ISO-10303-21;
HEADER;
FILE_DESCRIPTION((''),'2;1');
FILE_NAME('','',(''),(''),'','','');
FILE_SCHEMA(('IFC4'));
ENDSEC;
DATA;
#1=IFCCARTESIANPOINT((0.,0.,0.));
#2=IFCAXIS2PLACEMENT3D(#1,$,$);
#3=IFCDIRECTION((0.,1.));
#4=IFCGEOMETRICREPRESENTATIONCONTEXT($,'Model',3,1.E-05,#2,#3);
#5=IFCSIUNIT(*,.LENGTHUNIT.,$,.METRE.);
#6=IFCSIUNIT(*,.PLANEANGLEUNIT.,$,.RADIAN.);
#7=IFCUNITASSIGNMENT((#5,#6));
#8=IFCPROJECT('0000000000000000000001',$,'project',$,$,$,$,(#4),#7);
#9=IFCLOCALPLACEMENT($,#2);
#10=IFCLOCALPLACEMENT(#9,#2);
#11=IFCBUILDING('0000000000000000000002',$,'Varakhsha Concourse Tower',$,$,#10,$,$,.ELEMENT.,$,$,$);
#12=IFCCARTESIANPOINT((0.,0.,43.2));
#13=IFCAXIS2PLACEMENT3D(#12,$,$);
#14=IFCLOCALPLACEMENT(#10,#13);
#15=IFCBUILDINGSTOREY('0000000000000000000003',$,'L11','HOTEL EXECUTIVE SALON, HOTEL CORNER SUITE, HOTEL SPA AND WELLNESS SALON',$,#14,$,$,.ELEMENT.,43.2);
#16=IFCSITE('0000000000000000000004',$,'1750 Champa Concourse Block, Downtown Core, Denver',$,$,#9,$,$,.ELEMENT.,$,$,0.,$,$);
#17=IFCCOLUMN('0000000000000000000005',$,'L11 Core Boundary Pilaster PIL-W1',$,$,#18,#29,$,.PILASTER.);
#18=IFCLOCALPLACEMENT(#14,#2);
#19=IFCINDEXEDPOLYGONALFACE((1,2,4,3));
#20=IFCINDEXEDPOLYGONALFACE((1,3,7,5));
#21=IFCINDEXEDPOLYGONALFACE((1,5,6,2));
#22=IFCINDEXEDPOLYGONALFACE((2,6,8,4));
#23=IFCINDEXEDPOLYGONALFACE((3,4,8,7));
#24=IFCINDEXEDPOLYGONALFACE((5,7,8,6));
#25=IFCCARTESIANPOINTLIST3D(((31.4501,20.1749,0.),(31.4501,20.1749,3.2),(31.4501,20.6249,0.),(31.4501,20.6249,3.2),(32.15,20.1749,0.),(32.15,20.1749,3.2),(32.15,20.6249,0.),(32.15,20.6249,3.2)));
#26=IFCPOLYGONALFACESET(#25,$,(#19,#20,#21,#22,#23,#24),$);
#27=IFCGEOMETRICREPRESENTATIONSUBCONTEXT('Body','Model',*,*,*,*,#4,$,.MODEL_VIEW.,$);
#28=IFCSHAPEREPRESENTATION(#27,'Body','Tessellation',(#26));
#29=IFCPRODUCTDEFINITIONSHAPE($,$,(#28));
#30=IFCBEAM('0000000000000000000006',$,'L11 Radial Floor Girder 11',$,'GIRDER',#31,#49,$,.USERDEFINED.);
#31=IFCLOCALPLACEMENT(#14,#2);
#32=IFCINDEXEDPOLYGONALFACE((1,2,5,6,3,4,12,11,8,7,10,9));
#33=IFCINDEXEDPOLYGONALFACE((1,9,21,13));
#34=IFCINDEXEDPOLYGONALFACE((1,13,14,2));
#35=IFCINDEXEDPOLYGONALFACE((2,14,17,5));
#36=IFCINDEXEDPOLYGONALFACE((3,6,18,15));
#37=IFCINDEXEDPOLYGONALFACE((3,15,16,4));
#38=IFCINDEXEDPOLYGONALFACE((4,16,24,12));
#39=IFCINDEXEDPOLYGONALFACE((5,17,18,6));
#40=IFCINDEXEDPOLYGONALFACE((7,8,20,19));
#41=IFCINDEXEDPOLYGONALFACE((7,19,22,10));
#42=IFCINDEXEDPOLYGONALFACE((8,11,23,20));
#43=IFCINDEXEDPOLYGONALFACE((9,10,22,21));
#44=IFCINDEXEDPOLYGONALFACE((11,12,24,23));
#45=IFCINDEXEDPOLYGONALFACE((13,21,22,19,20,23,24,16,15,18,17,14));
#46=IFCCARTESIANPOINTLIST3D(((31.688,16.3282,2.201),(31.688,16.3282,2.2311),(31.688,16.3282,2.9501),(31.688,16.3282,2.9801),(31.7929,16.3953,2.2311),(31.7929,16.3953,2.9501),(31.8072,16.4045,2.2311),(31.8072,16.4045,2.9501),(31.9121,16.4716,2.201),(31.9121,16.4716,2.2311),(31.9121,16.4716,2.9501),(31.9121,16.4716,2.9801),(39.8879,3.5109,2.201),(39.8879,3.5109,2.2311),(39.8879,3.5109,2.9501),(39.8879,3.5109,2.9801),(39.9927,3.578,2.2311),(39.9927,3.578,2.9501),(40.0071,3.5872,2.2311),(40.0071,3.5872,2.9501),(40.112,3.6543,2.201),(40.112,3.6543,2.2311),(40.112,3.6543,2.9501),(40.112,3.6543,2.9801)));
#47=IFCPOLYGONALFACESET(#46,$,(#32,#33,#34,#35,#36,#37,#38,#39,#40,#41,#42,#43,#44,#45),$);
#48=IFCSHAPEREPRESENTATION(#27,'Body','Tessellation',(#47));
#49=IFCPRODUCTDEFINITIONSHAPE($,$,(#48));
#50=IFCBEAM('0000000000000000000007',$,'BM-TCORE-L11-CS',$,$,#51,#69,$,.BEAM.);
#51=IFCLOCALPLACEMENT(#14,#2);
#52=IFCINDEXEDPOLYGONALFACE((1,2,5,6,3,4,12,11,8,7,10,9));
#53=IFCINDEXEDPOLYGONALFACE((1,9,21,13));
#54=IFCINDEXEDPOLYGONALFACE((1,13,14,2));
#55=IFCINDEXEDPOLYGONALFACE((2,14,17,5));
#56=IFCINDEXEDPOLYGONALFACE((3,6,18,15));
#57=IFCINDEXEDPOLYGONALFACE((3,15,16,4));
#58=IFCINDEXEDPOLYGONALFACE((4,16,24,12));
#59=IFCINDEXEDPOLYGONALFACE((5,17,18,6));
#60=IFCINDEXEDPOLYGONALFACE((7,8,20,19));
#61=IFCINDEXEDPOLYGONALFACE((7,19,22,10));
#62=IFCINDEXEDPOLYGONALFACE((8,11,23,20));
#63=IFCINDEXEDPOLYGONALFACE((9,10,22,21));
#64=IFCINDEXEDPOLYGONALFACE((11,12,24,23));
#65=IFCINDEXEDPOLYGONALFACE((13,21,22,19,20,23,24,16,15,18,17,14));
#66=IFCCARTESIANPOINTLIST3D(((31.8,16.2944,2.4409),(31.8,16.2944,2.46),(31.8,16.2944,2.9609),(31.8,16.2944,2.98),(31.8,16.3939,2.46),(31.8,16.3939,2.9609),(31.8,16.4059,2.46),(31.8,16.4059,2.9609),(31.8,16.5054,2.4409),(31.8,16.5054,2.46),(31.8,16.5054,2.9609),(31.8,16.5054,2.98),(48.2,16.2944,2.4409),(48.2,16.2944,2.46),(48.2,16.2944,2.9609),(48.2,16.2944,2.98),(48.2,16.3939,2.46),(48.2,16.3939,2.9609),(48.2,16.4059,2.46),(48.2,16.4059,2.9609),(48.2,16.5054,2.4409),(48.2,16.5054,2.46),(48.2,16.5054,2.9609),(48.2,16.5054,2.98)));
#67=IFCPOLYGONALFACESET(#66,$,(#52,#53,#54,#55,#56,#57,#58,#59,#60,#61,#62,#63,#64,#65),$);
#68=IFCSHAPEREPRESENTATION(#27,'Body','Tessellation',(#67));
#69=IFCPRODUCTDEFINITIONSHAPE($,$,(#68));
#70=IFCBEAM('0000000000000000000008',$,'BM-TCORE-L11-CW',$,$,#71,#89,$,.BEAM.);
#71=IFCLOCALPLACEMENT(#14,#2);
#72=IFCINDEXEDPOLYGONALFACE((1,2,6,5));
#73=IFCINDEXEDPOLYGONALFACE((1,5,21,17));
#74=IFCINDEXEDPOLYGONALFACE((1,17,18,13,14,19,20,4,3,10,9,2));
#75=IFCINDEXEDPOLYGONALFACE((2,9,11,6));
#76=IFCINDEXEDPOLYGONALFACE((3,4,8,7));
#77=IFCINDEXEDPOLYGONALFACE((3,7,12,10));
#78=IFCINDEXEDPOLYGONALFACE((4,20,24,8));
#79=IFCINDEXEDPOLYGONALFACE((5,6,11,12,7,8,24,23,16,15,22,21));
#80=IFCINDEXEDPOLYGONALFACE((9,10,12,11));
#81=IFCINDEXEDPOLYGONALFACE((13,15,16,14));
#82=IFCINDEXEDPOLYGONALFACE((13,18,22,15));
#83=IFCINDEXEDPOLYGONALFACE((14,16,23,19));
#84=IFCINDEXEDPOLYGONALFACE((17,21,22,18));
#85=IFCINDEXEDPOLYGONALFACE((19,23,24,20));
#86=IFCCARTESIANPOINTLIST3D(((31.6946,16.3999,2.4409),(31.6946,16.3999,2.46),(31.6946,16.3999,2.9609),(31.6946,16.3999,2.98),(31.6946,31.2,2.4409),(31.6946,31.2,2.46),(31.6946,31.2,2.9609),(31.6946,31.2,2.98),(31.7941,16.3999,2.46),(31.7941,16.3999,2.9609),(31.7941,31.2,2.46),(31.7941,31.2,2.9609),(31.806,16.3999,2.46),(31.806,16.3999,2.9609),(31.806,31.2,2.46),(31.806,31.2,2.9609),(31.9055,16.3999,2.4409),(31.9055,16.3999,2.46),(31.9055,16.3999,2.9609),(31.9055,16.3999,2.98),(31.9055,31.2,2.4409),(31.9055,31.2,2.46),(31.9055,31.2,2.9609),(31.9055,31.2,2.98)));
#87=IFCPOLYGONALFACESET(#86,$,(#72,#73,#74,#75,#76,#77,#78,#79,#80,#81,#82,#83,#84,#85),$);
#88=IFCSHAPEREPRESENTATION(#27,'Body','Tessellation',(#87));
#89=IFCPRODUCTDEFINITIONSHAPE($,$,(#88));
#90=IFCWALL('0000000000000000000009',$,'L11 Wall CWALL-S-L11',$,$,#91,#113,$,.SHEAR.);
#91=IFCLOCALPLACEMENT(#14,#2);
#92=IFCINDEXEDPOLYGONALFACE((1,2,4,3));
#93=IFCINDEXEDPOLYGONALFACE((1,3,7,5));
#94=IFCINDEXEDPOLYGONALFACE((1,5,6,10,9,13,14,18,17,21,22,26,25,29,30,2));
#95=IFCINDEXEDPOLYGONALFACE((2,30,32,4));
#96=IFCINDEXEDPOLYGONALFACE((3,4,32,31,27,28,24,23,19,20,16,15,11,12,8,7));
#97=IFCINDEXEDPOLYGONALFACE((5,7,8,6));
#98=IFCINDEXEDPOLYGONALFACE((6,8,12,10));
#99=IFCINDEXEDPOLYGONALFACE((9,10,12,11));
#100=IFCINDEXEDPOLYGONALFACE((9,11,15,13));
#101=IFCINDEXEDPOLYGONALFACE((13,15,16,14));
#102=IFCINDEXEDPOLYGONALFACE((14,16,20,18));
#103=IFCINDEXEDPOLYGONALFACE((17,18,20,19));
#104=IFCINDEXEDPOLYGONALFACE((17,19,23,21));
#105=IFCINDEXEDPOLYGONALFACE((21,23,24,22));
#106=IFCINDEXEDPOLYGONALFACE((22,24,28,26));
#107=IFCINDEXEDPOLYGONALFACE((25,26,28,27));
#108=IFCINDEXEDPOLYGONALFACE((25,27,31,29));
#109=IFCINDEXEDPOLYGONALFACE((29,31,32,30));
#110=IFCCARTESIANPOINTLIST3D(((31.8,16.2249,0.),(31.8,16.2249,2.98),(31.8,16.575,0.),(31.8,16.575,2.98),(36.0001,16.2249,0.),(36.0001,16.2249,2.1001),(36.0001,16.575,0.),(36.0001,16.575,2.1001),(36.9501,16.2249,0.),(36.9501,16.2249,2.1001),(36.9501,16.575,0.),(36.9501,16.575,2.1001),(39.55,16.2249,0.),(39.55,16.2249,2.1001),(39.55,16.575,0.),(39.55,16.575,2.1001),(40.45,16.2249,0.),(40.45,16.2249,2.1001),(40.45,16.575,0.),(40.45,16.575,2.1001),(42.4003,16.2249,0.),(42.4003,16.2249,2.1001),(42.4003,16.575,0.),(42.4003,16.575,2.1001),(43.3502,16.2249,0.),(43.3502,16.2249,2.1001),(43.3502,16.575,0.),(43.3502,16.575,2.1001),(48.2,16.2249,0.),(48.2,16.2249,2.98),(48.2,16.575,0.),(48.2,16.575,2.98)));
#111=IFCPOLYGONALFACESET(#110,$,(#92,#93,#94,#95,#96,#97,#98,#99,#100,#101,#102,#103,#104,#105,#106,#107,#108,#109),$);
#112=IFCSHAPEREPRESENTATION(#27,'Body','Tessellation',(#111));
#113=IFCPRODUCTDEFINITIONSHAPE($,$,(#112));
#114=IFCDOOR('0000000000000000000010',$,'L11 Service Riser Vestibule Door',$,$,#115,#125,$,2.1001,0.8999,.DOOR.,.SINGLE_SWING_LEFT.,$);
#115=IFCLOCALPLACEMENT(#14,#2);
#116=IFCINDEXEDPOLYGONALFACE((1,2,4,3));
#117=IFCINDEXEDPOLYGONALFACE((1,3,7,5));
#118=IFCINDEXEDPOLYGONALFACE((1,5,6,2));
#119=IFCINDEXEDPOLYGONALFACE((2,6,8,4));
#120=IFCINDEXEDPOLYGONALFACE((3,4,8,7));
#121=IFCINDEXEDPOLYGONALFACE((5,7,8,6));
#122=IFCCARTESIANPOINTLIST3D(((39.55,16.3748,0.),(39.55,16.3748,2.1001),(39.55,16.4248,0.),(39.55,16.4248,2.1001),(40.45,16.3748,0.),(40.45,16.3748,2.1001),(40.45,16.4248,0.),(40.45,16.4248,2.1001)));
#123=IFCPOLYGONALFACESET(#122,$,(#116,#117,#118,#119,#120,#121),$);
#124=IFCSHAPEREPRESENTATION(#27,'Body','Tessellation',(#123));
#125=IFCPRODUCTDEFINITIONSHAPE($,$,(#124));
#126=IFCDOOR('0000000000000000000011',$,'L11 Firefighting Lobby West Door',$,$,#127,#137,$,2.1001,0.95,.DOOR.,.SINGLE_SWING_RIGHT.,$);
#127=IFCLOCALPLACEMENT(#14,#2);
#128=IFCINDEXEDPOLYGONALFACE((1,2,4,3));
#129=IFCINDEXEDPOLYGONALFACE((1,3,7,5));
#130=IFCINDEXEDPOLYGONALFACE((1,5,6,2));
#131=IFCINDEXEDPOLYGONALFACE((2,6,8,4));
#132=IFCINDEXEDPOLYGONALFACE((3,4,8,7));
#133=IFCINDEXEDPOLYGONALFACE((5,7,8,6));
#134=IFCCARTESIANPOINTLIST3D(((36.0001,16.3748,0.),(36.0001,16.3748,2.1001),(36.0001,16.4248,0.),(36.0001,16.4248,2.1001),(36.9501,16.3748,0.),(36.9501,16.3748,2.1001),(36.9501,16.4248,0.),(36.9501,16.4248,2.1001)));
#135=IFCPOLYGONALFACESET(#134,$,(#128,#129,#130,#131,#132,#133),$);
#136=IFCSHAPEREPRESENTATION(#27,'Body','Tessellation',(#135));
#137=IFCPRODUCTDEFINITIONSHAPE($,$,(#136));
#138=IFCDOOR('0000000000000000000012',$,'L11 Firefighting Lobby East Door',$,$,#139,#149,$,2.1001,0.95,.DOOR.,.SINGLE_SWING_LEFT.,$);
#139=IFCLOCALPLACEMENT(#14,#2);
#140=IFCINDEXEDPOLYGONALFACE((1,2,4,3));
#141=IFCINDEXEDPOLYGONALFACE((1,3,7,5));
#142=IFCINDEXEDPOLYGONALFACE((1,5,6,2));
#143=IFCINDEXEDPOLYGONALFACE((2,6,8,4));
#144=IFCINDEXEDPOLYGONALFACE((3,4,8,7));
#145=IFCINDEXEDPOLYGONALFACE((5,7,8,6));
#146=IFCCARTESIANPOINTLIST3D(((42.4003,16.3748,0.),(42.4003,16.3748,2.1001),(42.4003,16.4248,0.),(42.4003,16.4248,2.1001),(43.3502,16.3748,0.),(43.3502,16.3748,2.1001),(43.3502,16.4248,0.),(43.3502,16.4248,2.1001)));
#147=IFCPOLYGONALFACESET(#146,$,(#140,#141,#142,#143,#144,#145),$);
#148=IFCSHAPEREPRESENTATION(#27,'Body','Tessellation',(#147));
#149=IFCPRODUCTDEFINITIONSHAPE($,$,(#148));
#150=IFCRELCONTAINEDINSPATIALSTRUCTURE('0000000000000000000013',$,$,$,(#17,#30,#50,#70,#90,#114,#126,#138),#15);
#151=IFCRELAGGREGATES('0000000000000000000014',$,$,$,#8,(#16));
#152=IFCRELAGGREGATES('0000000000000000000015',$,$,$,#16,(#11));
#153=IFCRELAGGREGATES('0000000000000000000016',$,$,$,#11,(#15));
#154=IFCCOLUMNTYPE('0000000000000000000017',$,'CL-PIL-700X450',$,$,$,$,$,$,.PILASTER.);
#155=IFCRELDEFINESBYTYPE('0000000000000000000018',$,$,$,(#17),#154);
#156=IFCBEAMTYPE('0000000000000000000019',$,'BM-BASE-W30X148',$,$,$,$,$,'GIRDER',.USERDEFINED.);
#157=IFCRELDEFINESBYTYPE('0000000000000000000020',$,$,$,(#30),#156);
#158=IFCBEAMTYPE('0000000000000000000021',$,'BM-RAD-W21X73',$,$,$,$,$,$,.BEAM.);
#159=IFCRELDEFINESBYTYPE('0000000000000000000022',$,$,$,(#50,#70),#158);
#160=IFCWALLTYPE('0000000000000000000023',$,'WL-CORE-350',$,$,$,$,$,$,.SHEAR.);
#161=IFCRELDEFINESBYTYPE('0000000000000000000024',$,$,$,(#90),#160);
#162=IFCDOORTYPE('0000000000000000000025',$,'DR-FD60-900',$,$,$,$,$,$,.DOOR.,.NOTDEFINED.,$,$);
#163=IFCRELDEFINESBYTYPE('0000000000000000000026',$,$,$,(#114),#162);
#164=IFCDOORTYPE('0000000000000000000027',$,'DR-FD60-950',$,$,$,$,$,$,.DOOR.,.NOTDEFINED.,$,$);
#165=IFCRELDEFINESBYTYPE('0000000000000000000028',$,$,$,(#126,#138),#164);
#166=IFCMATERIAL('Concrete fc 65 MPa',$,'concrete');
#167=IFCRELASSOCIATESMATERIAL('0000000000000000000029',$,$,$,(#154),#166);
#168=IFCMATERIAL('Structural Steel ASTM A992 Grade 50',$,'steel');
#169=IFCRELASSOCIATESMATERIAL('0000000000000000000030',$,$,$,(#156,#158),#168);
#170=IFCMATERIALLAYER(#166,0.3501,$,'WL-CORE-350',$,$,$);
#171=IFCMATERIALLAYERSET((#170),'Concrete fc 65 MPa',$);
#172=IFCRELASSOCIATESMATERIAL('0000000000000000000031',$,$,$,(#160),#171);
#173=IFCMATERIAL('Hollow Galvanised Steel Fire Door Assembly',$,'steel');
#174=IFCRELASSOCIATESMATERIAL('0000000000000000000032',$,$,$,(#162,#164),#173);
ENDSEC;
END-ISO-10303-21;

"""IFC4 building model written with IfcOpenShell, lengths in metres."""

from ifc_helpers import new_model, si_unit, direction, frame, frame_2d, origin, origin_2d, place, context, subcontext, project, spatial, rectangle, i_section, extrude, material, layer, layer_set, material_profile, profile_set, type_object, element, fill, save


model = new_model("IFC4")

# Units and contexts
model_context = context("Model", 3, precision=1e-05, world=origin(), true_north=direction((0.0, 1.0)))
body_context = subcontext(model_context, "Body", "Model", "MODEL_VIEW")
ifc_project = project(units=[si_unit("LENGTHUNIT", "METRE"), si_unit("PLANEANGLEUNIT", "RADIAN")], contexts=[model_context])

# Site, building, storey
site_placement = place(None, origin())
site = spatial("IfcSite", under=ifc_project, at=site_placement, Name="1750 Champa Concourse Block, Downtown Core, Denver", CompositionType="ELEMENT", RefElevation=0.0)
building_placement = place(site_placement, origin())
building = spatial("IfcBuilding", under=site, at=building_placement, Name="Varakhsha Concourse Tower", CompositionType="ELEMENT")
storey_placement = place(building_placement, frame((0.0, 0.0, 43.2)))
storey = spatial("IfcBuildingStorey", under=building, at=storey_placement, Name="L11", Description="HOTEL EXECUTIVE SALON, HOTEL CORNER SUITE, HOTEL SPA AND WELLNESS SALON", CompositionType="ELEMENT", Elevation=43.2)

# Column
ifc_material_1 = material(Name="Concrete fc 65 MPa", Category="concrete")
ifc_material_profile_1 = material_profile(ifc_material_1, rectangle(XDim=0.7, YDim=0.45, at=origin_2d()), Name="RC 700x450")
ifc_profile_set_1 = profile_set([ifc_material_profile_1], Name="Concrete fc 65 MPa")
column_type = type_object("IfcColumnType", Name="CL-PIL-700X450", PredefinedType="PILASTER", material=ifc_profile_set_1)
column_placement = place(storey_placement, frame((31.8, 20.3999, 0.0), z_axis=(0.0, 0.0, 1.0), x_axis=(1.0, 0.0, 0.0)))
element("IfcColumn", 1, at=column_placement, inside=storey, type_object=column_type, Name="L11 Core Boundary Pilaster PIL-W1", PredefinedType="PILASTER", context=body_context, shape_type="SweptSolid", body=[
    extrude(rectangle(XDim=0.7, YDim=0.45, at=origin_2d()), origin(), (0.0, 0.0, 1.0), 3.2),
])

# Beams
ifc_material_2 = material(Name="Structural Steel ASTM A992 Grade 50", Category="steel")
ifc_material_profile_2 = material_profile(ifc_material_2, i_section(OverallWidth=0.2661, OverallDepth=0.7791, WebThickness=0.0171, FlangeThickness=0.03, at=origin_2d()), Name="W30X148")
ifc_profile_set_2 = profile_set([ifc_material_profile_2], Name="Structural Steel ASTM A992 Grade 50")
beam_type_1 = type_object("IfcBeamType", Name="BM-BASE-W30X148", ElementType="GIRDER", PredefinedType="USERDEFINED", material=ifc_profile_set_2)
beam_1_placement = place(storey_placement, frame((31.8, 16.3999, 2.5906), z_axis=(0.538906, -0.842366, 0.0), x_axis=(0.842366, 0.538906, 0.0)))
element("IfcBeam", 2, at=beam_1_placement, inside=storey, type_object=beam_type_1, Name="L11 Radial Floor Girder 11", ObjectType="GIRDER", PredefinedType="USERDEFINED", context=body_context, shape_type="SweptSolid", body=[
    extrude(i_section(OverallWidth=0.2661, OverallDepth=0.7791, WebThickness=0.0171, FlangeThickness=0.03, at=origin_2d()), origin(), (0.0, 0.0, 1.0), 15.2158),
])
ifc_material_profile_3 = material_profile(ifc_material_2, i_section(OverallWidth=0.2109, OverallDepth=0.5391, WebThickness=0.012, FlangeThickness=0.019, at=origin_2d()), Name="W21X73")
ifc_profile_set_3 = profile_set([ifc_material_profile_3], Name="Structural Steel ASTM A992 Grade 50")
beam_type_2 = type_object("IfcBeamType", Name="BM-RAD-W21X73", PredefinedType="BEAM", material=ifc_profile_set_3)
beam_2_placement = place(storey_placement, frame((31.8, 16.3999, 2.7104), z_axis=(1.0, 0.0, 0.0), x_axis=(0.0, 1.0, 0.0)))
element("IfcBeam", 3, at=beam_2_placement, inside=storey, type_object=beam_type_2, Name="BM-TCORE-L11-CS", PredefinedType="BEAM", context=body_context, shape_type="SweptSolid", body=[
    extrude(i_section(OverallWidth=0.2109, OverallDepth=0.5391, WebThickness=0.012, FlangeThickness=0.019, at=origin_2d()), origin(), (0.0, 0.0, 1.0), 16.3999),
])
beam_3_placement = place(storey_placement, frame((31.8, 16.3999, 2.7104), z_axis=(0.0, 1.0, 0.0), x_axis=(-1.0, 0.0, 0.0)))
element("IfcBeam", 4, at=beam_3_placement, inside=storey, type_object=beam_type_2, Name="BM-TCORE-L11-CW", PredefinedType="BEAM", context=body_context, shape_type="SweptSolid", body=[
    extrude(i_section(OverallWidth=0.2109, OverallDepth=0.5391, WebThickness=0.012, FlangeThickness=0.019, at=origin_2d()), origin(), (0.0, 0.0, 1.0), 14.8),
])

# Wall, openings, doors
ifc_layer_1 = layer(ifc_material_1, 0.3501, Name="WL-CORE-350")
ifc_layer_set_1 = layer_set([ifc_layer_1], Name="Concrete fc 65 MPa")
wall_type_1 = type_object("IfcWallType", Name="WL-CORE-350", PredefinedType="SHEAR", material=ifc_layer_set_1)
wall_1_placement = place(storey_placement, frame((31.8, 16.3999, 0.0), z_axis=(0.0, 0.0, 1.0), x_axis=(1.0, 0.0, 0.0)))
wall_1 = element("IfcWall", 5, at=wall_1_placement, inside=storey, type_object=wall_type_1, Name="L11 Wall CWALL-S-L11", PredefinedType="SHEAR", context=body_context, shape_type="SweptSolid", body=[
    extrude(rectangle(XDim=16.3999, YDim=0.3501, at=frame_2d((8.2, 0.0))), origin(), (0.0, 0.0, 1.0), 2.98),
])
opening_1_placement = place(wall_1_placement, frame((7.75, 0.0, 0.0)))
opening_1 = element("IfcOpeningElement", 6, at=opening_1_placement, cuts=wall_1, PredefinedType="OPENING", context=body_context, shape_type="SweptSolid", body=[
    extrude(rectangle(XDim=0.8999, YDim=2.1001, at=frame_2d((0.45, 1.05))), frame((0.0, 0.1851, 0.0), z_axis=(0.0, -1.0, 0.0), x_axis=(1.0, 0.0, 0.0)), (0.0, 0.0, 1.0), 0.3701),
])
opening_2_placement = place(wall_1_placement, frame((4.2, 0.0, 0.0)))
opening_2 = element("IfcOpeningElement", 7, at=opening_2_placement, cuts=wall_1, PredefinedType="OPENING", context=body_context, shape_type="SweptSolid", body=[
    extrude(rectangle(XDim=0.95, YDim=2.1001, at=frame_2d((0.4751, 1.05))), frame((0.0, 0.1851, 0.0), z_axis=(0.0, -1.0, 0.0), x_axis=(1.0, 0.0, 0.0)), (0.0, 0.0, 1.0), 0.3701),
])
opening_3_placement = place(wall_1_placement, frame((10.6001, 0.0, 0.0)))
opening_3 = element("IfcOpeningElement", 8, at=opening_3_placement, cuts=wall_1, PredefinedType="OPENING", context=body_context, shape_type="SweptSolid", body=[
    extrude(rectangle(XDim=0.95, YDim=2.1001, at=frame_2d((0.4751, 1.05))), frame((0.0, 0.1851, 0.0), z_axis=(0.0, -1.0, 0.0), x_axis=(1.0, 0.0, 0.0)), (0.0, 0.0, 1.0), 0.3701),
])
ifc_material_3 = material(Name="Hollow Galvanised Steel Fire Door Assembly", Category="steel")
door_type_1 = type_object("IfcDoorType", Name="DR-FD60-900", OperationType="NOTDEFINED", PredefinedType="DOOR", material=ifc_material_3)
door_1_placement = place(opening_1_placement, origin())
door_1 = element("IfcDoor", 9, at=door_1_placement, inside=storey, type_object=door_type_1, Name="L11 Service Riser Vestibule Door", OperationType="SINGLE_SWING_LEFT", OverallHeight=2.1001, OverallWidth=0.8999, PredefinedType="DOOR", context=body_context, shape_type="SweptSolid", body=[
    extrude(rectangle(XDim=0.8999, YDim=2.1001, at=frame_2d((0.45, 1.05))), frame((0.0, 0.0249, 0.0), z_axis=(0.0, -1.0, 0.0), x_axis=(1.0, 0.0, 0.0)), (0.0, 0.0, 1.0), 0.05),
])
fill(opening_1, door_1)
door_type_2 = type_object("IfcDoorType", Name="DR-FD60-950", OperationType="NOTDEFINED", PredefinedType="DOOR", material=ifc_material_3)
door_2_placement = place(opening_2_placement, origin())
door_2 = element("IfcDoor", 10, at=door_2_placement, inside=storey, type_object=door_type_2, Name="L11 Firefighting Lobby West Door", OperationType="SINGLE_SWING_RIGHT", OverallHeight=2.1001, OverallWidth=0.95, PredefinedType="DOOR", context=body_context, shape_type="SweptSolid", body=[
    extrude(rectangle(XDim=0.95, YDim=2.1001, at=frame_2d((0.4751, 1.05))), frame((0.0, 0.0249, 0.0), z_axis=(0.0, -1.0, 0.0), x_axis=(1.0, 0.0, 0.0)), (0.0, 0.0, 1.0), 0.05),
])
fill(opening_2, door_2)
door_3_placement = place(opening_3_placement, origin())
door_3 = element("IfcDoor", 11, at=door_3_placement, inside=storey, type_object=door_type_2, Name="L11 Firefighting Lobby East Door", OperationType="SINGLE_SWING_LEFT", OverallHeight=2.1001, OverallWidth=0.95, PredefinedType="DOOR", context=body_context, shape_type="SweptSolid", body=[
    extrude(rectangle(XDim=0.95, YDim=2.1001, at=frame_2d((0.4751, 1.05))), frame((0.0, 0.0249, 0.0), z_axis=(0.0, -1.0, 0.0), x_axis=(1.0, 0.0, 0.0)), (0.0, 0.0, 1.0), 0.05),
])
fill(opening_3, door_3)

save(model, "model.ifc")
